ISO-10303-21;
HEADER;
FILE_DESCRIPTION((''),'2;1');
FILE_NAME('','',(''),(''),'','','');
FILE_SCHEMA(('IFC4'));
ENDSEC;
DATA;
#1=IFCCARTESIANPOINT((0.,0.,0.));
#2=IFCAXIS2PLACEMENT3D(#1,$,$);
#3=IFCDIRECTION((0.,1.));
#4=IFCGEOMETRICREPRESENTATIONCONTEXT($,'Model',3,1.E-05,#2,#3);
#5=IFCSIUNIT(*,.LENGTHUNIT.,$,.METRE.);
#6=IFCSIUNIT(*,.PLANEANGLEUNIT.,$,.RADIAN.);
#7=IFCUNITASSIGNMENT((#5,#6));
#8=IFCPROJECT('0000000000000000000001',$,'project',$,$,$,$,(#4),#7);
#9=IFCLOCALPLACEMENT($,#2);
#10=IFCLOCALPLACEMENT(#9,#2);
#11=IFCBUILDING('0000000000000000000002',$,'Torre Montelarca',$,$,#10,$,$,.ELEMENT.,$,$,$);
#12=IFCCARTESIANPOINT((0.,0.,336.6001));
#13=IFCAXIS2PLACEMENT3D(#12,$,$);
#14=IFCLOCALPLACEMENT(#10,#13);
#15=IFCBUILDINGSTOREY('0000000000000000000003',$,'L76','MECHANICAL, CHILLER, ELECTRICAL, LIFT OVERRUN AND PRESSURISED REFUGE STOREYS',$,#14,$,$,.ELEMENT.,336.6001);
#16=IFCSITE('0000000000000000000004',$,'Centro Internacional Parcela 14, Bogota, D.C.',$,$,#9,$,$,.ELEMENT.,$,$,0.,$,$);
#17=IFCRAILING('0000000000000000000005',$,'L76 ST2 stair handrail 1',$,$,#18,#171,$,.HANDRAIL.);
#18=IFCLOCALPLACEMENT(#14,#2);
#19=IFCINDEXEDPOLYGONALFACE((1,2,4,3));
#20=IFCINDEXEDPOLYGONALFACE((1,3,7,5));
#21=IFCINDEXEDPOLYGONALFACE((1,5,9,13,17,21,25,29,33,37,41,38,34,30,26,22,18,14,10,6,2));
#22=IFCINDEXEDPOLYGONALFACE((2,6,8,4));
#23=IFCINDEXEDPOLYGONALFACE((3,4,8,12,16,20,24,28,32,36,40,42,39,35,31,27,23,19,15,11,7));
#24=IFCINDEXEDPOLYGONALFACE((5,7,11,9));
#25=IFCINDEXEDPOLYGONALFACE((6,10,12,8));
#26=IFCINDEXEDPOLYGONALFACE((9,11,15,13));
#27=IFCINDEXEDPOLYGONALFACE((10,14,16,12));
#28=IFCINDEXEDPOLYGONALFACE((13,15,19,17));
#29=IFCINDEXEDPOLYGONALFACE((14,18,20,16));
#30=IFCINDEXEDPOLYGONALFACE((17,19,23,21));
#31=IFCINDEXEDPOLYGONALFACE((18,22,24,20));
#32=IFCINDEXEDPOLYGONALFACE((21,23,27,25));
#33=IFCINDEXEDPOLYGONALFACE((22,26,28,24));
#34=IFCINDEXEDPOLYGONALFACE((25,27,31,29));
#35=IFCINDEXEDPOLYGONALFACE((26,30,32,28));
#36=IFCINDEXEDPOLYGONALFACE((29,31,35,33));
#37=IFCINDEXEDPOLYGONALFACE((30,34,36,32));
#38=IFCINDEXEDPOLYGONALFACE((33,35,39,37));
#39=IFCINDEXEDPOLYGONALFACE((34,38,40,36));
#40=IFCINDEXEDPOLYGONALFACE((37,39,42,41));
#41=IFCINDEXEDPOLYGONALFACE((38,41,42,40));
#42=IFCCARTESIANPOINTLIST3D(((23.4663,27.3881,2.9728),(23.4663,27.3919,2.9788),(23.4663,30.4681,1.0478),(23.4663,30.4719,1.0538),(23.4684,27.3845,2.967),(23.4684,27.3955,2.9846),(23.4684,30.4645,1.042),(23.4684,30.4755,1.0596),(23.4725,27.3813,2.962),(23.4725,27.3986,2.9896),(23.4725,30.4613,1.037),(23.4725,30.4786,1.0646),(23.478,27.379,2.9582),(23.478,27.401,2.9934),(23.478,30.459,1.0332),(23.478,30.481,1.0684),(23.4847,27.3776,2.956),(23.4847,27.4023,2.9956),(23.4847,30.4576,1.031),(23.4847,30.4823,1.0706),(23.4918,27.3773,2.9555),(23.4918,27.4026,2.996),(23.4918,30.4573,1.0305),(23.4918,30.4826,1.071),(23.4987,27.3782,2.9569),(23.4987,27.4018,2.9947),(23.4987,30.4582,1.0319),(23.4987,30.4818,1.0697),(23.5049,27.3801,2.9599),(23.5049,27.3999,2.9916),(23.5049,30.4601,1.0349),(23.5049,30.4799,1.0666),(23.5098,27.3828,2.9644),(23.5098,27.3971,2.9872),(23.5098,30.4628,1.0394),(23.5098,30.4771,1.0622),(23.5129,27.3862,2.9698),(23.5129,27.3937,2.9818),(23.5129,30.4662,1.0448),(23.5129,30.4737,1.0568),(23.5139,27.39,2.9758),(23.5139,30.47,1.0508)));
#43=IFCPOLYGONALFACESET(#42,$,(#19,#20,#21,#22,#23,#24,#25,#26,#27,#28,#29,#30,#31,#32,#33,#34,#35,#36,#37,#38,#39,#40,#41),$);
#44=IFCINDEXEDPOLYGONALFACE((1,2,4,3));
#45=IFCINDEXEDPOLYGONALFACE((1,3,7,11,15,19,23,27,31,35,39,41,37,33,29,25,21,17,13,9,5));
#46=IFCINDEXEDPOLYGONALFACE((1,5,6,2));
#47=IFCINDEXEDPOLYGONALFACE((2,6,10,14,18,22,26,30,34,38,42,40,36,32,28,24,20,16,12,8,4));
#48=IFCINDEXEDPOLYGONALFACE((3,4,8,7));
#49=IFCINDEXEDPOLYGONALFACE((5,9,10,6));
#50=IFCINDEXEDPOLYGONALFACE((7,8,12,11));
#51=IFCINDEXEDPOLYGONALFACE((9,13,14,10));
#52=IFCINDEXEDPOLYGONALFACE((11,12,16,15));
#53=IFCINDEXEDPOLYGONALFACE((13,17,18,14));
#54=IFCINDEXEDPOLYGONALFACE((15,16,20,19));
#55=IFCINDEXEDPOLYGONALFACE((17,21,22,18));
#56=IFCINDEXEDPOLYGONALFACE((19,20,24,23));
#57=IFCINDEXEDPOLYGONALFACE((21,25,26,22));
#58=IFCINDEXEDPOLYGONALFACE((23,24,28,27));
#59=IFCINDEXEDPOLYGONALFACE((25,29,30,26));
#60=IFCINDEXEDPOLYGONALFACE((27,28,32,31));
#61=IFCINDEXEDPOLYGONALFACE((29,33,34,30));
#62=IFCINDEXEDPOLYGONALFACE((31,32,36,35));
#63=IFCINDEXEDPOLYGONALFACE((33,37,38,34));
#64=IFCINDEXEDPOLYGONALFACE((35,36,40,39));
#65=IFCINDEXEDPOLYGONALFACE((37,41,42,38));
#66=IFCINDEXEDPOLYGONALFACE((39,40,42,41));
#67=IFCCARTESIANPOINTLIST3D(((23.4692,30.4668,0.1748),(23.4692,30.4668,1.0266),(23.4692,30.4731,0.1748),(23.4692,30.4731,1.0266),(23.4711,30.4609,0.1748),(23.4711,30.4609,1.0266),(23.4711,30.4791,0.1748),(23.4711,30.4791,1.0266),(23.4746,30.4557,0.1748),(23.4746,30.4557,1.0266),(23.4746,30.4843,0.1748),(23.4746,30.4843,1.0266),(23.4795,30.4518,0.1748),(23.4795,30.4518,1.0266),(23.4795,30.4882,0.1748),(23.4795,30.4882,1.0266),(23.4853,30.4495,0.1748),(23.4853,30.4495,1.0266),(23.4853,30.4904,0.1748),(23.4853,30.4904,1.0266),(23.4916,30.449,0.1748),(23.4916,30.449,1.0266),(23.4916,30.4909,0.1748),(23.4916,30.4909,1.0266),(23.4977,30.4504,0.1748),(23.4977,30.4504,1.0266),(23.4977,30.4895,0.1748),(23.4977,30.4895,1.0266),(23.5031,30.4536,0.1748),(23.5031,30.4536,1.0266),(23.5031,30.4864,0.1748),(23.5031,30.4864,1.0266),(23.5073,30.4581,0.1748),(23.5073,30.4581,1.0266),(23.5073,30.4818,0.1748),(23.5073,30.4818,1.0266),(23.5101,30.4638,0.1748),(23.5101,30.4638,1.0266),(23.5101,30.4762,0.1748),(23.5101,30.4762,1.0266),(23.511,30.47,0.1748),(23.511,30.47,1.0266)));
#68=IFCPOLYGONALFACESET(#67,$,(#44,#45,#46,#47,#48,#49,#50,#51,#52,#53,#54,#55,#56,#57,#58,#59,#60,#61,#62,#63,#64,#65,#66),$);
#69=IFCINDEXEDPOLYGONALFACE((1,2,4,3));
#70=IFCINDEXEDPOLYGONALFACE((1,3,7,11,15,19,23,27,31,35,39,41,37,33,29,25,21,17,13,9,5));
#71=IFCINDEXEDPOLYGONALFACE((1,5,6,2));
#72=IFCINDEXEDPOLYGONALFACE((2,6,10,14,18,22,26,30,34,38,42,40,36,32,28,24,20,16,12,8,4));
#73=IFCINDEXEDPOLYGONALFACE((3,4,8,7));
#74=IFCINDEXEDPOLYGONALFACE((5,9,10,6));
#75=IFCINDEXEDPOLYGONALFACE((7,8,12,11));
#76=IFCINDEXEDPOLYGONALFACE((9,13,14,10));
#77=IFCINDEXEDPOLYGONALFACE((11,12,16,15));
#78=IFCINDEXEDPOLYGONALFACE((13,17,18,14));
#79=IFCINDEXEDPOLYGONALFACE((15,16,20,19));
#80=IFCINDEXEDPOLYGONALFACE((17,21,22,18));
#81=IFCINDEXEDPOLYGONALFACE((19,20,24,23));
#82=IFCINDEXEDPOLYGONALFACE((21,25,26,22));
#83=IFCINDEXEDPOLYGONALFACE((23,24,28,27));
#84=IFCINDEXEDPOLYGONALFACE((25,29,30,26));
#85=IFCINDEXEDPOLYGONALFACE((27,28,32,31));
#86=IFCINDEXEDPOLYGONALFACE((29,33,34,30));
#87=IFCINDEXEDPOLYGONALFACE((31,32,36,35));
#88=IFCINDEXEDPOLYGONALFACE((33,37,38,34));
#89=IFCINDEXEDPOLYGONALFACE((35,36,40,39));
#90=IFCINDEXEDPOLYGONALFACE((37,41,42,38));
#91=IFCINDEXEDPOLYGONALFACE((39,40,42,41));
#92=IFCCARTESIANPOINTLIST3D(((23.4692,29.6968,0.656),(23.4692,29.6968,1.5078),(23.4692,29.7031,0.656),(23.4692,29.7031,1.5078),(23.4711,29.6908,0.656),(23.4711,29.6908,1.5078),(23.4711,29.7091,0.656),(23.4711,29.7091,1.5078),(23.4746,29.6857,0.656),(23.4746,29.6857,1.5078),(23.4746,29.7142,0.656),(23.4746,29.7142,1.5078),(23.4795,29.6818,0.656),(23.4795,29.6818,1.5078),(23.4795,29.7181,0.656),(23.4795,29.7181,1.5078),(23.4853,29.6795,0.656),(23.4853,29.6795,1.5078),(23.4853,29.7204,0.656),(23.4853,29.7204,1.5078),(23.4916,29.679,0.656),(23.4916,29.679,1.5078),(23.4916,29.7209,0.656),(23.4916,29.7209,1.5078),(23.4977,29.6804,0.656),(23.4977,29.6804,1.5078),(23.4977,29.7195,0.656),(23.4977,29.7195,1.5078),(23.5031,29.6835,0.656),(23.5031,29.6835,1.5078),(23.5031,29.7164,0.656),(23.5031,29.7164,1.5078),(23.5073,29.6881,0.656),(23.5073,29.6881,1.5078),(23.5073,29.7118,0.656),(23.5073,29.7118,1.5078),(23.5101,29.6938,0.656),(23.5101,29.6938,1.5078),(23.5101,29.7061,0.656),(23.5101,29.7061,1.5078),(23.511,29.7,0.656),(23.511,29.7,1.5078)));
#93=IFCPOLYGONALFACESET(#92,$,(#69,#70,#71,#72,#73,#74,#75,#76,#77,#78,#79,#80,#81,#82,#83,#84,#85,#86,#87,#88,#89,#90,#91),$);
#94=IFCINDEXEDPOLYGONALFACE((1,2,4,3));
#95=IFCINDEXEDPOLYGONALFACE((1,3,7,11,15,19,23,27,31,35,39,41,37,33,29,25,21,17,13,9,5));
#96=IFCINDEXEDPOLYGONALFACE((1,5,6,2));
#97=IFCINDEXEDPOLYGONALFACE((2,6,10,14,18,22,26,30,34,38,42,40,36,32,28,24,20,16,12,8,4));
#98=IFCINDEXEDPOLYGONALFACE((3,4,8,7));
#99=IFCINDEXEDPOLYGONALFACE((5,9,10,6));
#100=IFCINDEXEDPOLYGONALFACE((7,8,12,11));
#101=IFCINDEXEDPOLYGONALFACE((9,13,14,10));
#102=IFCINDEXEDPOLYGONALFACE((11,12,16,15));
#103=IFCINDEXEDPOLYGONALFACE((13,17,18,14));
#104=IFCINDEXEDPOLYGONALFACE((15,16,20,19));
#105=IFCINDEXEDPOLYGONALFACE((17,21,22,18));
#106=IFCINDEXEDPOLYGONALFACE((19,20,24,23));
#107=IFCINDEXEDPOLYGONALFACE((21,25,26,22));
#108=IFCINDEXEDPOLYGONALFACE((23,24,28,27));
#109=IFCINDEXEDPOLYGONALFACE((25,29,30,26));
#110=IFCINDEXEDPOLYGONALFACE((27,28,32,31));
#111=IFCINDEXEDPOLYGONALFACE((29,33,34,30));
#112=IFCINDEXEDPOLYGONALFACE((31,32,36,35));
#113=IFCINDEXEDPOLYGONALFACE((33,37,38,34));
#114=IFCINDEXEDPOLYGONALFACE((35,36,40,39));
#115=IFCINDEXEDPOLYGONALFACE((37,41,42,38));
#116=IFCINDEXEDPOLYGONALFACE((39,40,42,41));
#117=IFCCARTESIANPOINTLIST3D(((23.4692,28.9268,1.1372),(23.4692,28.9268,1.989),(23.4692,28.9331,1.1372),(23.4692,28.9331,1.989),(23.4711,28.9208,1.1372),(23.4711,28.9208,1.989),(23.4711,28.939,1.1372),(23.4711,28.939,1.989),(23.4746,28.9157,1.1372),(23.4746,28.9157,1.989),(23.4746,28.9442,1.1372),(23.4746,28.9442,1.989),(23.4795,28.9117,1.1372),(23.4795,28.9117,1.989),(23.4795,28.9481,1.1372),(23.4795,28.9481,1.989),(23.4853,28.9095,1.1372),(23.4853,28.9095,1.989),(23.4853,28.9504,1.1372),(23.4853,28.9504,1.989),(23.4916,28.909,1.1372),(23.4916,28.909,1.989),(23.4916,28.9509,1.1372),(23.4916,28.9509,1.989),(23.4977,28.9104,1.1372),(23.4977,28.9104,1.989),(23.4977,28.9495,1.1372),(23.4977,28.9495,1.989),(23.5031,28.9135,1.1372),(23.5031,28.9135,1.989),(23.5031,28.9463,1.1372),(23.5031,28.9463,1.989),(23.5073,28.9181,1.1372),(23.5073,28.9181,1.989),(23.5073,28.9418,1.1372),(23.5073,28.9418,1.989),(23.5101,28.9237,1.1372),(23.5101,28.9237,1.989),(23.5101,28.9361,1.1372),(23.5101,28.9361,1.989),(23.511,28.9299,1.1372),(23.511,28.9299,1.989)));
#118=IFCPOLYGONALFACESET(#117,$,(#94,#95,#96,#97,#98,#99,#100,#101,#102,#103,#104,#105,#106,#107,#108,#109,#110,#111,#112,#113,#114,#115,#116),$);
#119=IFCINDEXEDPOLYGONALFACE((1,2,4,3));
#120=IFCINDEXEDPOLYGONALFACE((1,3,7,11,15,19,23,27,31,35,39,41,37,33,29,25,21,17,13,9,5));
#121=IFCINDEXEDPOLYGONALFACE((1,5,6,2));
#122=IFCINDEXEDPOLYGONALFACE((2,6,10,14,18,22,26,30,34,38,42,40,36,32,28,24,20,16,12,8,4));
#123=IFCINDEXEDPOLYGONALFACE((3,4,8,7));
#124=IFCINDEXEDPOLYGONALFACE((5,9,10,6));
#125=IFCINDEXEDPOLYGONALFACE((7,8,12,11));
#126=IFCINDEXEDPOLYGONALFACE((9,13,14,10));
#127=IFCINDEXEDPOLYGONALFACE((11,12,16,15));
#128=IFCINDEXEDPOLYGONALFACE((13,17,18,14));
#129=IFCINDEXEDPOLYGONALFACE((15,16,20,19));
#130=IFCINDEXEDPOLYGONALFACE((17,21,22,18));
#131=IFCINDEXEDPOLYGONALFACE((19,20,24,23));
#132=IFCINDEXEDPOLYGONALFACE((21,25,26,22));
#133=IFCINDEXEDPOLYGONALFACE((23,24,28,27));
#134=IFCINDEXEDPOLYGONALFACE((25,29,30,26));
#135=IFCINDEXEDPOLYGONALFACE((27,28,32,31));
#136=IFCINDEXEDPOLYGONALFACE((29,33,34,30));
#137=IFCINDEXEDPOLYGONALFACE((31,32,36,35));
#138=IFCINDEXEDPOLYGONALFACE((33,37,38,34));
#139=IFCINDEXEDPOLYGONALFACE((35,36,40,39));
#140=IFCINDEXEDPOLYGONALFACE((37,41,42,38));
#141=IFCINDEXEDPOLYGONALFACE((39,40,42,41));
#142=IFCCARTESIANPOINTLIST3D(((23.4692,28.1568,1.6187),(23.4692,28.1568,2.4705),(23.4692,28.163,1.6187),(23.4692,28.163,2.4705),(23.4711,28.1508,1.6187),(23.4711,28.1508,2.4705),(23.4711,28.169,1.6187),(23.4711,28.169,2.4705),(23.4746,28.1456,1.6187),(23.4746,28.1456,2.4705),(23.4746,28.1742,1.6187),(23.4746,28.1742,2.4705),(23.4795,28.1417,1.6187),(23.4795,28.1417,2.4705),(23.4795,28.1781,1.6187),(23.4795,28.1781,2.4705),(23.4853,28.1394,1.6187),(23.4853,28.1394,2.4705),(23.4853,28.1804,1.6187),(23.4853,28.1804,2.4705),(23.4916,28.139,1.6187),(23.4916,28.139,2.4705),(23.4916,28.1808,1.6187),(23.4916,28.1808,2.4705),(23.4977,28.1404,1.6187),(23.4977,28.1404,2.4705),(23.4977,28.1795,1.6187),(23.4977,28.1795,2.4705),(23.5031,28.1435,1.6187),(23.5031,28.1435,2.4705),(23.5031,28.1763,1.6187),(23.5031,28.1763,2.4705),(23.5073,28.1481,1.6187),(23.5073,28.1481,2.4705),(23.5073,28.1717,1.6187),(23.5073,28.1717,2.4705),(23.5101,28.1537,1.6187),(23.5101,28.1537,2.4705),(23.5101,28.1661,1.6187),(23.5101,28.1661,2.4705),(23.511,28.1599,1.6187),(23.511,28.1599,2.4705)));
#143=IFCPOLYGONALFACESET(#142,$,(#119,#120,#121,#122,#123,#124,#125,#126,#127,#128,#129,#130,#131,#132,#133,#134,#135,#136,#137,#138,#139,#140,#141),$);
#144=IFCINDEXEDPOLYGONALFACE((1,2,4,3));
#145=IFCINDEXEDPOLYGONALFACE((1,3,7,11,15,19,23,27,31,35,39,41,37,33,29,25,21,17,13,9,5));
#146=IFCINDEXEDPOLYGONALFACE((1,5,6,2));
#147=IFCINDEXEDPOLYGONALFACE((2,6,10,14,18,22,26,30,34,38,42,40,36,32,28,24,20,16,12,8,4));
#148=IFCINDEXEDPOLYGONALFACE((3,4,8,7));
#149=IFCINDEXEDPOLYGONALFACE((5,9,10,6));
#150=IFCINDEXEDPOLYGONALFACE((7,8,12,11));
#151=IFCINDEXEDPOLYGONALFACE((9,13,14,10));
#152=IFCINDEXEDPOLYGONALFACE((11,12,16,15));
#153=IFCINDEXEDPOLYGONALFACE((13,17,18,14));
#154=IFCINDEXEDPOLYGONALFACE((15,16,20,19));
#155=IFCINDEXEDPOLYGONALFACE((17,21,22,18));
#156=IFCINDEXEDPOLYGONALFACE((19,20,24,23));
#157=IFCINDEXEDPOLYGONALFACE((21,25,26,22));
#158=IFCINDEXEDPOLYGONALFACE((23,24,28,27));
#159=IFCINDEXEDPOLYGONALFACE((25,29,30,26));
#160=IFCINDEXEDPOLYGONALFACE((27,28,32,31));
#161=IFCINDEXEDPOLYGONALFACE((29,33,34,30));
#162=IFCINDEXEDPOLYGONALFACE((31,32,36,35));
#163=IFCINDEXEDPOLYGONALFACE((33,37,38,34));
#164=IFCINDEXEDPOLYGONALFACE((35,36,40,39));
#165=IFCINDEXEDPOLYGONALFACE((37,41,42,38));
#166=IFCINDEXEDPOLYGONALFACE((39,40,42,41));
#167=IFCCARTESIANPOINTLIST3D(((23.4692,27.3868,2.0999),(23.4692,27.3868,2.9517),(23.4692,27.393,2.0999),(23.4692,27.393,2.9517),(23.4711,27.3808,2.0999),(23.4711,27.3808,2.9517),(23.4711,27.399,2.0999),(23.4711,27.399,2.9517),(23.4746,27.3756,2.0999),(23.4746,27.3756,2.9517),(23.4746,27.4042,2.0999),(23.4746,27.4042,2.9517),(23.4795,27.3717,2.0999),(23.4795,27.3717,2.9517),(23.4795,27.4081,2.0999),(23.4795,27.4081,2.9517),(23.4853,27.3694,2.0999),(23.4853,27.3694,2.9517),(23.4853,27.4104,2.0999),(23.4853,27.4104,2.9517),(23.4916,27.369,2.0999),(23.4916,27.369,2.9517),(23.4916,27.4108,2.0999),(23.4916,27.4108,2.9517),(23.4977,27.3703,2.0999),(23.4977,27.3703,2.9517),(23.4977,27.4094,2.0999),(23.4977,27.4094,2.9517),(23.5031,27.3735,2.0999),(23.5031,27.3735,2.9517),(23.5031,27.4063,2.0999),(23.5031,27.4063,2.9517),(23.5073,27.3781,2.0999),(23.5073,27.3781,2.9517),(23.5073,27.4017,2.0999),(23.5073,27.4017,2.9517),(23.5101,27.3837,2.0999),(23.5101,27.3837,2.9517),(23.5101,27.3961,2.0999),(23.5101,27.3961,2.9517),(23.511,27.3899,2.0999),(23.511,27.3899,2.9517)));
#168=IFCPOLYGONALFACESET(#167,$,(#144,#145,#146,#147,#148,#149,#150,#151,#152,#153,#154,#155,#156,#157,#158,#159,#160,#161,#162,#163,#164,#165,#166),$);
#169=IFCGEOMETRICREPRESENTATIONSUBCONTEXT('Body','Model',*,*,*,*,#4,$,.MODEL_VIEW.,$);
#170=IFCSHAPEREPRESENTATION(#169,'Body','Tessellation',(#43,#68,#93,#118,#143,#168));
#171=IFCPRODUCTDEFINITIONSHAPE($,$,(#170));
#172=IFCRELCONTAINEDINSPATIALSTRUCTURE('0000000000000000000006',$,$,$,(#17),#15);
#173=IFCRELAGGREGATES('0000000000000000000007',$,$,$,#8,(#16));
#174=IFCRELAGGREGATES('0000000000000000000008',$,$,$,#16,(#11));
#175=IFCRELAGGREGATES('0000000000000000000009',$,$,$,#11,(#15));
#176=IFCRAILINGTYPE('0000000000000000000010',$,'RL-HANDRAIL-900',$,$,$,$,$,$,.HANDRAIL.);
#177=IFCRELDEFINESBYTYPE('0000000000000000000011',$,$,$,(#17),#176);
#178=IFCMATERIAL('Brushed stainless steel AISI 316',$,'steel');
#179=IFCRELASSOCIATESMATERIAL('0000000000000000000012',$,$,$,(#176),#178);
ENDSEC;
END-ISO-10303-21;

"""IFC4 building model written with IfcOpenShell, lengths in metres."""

from ifc_helpers import new_model, si_unit, direction, frame, origin, origin_2d, place, context, subcontext, project, spatial, circle, extrude, material, type_object, element, save


model = new_model("IFC4")

# Units and contexts
model_context = context("Model", 3, precision=1e-05, world=origin(), true_north=direction((0.0, 1.0)))
body_context = subcontext(model_context, "Body", "Model", "MODEL_VIEW")
ifc_project = project(units=[si_unit("LENGTHUNIT", "METRE"), si_unit("PLANEANGLEUNIT", "RADIAN")], contexts=[model_context])

# Site, building, storey
site_placement = place(None, origin())
site = spatial("IfcSite", under=ifc_project, at=site_placement, Name="Centro Internacional Parcela 14, Bogota, D.C.", CompositionType="ELEMENT", RefElevation=0.0)
building_placement = place(site_placement, origin())
building = spatial("IfcBuilding", under=site, at=building_placement, Name="Torre Montelarca", CompositionType="ELEMENT")
storey_placement = place(building_placement, frame((0.0, 0.0, 336.6001)))
storey = spatial("IfcBuildingStorey", under=building, at=storey_placement, Name="L76", Description="MECHANICAL, CHILLER, ELECTRICAL, LIFT OVERRUN AND PRESSURISED REFUGE STOREYS", CompositionType="ELEMENT", Elevation=336.6001)

# Railing
ifc_material_1 = material(Name="Brushed stainless steel AISI 316", Category="steel")
railing_type_1 = type_object("IfcRailingType", Name="RL-HANDRAIL-900", PredefinedType="HANDRAIL", material=ifc_material_1)
railing_1_placement = place(storey_placement, frame((23.49, 30.47, 0.1748)))
element("IfcRailing", 1, at=railing_1_placement, inside=storey, type_object=railing_type_1, Name="L76 ST2 stair handrail 1", PredefinedType="HANDRAIL", context=body_context, shape_type="SweptSolid", body=[
    extrude(circle(Radius=0.0239, at=origin_2d()), frame((0.0, 0.0, 0.876), z_axis=(0.0, -0.847998, 0.529999), x_axis=(1.0, 0.0, 0.0)), (0.0, 0.0, 1.0), 3.6321),
    extrude(circle(Radius=0.021, at=origin_2d()), origin(), (0.0, 0.0, 1.0), 0.8518),
    extrude(circle(Radius=0.021, at=origin_2d()), frame((0.0, -0.77, 0.4812)), (0.0, 0.0, 1.0), 0.8518),
    extrude(circle(Radius=0.021, at=origin_2d()), frame((0.0, -1.54, 0.9624)), (0.0, 0.0, 1.0), 0.8518),
    extrude(circle(Radius=0.021, at=origin_2d()), frame((0.0, -2.3101, 1.4438)), (0.0, 0.0, 1.0), 0.8518),
    extrude(circle(Radius=0.021, at=origin_2d()), frame((0.0, -3.0801, 1.925)), (0.0, 0.0, 1.0), 0.8518),
])

save(model, "model.ifc")
